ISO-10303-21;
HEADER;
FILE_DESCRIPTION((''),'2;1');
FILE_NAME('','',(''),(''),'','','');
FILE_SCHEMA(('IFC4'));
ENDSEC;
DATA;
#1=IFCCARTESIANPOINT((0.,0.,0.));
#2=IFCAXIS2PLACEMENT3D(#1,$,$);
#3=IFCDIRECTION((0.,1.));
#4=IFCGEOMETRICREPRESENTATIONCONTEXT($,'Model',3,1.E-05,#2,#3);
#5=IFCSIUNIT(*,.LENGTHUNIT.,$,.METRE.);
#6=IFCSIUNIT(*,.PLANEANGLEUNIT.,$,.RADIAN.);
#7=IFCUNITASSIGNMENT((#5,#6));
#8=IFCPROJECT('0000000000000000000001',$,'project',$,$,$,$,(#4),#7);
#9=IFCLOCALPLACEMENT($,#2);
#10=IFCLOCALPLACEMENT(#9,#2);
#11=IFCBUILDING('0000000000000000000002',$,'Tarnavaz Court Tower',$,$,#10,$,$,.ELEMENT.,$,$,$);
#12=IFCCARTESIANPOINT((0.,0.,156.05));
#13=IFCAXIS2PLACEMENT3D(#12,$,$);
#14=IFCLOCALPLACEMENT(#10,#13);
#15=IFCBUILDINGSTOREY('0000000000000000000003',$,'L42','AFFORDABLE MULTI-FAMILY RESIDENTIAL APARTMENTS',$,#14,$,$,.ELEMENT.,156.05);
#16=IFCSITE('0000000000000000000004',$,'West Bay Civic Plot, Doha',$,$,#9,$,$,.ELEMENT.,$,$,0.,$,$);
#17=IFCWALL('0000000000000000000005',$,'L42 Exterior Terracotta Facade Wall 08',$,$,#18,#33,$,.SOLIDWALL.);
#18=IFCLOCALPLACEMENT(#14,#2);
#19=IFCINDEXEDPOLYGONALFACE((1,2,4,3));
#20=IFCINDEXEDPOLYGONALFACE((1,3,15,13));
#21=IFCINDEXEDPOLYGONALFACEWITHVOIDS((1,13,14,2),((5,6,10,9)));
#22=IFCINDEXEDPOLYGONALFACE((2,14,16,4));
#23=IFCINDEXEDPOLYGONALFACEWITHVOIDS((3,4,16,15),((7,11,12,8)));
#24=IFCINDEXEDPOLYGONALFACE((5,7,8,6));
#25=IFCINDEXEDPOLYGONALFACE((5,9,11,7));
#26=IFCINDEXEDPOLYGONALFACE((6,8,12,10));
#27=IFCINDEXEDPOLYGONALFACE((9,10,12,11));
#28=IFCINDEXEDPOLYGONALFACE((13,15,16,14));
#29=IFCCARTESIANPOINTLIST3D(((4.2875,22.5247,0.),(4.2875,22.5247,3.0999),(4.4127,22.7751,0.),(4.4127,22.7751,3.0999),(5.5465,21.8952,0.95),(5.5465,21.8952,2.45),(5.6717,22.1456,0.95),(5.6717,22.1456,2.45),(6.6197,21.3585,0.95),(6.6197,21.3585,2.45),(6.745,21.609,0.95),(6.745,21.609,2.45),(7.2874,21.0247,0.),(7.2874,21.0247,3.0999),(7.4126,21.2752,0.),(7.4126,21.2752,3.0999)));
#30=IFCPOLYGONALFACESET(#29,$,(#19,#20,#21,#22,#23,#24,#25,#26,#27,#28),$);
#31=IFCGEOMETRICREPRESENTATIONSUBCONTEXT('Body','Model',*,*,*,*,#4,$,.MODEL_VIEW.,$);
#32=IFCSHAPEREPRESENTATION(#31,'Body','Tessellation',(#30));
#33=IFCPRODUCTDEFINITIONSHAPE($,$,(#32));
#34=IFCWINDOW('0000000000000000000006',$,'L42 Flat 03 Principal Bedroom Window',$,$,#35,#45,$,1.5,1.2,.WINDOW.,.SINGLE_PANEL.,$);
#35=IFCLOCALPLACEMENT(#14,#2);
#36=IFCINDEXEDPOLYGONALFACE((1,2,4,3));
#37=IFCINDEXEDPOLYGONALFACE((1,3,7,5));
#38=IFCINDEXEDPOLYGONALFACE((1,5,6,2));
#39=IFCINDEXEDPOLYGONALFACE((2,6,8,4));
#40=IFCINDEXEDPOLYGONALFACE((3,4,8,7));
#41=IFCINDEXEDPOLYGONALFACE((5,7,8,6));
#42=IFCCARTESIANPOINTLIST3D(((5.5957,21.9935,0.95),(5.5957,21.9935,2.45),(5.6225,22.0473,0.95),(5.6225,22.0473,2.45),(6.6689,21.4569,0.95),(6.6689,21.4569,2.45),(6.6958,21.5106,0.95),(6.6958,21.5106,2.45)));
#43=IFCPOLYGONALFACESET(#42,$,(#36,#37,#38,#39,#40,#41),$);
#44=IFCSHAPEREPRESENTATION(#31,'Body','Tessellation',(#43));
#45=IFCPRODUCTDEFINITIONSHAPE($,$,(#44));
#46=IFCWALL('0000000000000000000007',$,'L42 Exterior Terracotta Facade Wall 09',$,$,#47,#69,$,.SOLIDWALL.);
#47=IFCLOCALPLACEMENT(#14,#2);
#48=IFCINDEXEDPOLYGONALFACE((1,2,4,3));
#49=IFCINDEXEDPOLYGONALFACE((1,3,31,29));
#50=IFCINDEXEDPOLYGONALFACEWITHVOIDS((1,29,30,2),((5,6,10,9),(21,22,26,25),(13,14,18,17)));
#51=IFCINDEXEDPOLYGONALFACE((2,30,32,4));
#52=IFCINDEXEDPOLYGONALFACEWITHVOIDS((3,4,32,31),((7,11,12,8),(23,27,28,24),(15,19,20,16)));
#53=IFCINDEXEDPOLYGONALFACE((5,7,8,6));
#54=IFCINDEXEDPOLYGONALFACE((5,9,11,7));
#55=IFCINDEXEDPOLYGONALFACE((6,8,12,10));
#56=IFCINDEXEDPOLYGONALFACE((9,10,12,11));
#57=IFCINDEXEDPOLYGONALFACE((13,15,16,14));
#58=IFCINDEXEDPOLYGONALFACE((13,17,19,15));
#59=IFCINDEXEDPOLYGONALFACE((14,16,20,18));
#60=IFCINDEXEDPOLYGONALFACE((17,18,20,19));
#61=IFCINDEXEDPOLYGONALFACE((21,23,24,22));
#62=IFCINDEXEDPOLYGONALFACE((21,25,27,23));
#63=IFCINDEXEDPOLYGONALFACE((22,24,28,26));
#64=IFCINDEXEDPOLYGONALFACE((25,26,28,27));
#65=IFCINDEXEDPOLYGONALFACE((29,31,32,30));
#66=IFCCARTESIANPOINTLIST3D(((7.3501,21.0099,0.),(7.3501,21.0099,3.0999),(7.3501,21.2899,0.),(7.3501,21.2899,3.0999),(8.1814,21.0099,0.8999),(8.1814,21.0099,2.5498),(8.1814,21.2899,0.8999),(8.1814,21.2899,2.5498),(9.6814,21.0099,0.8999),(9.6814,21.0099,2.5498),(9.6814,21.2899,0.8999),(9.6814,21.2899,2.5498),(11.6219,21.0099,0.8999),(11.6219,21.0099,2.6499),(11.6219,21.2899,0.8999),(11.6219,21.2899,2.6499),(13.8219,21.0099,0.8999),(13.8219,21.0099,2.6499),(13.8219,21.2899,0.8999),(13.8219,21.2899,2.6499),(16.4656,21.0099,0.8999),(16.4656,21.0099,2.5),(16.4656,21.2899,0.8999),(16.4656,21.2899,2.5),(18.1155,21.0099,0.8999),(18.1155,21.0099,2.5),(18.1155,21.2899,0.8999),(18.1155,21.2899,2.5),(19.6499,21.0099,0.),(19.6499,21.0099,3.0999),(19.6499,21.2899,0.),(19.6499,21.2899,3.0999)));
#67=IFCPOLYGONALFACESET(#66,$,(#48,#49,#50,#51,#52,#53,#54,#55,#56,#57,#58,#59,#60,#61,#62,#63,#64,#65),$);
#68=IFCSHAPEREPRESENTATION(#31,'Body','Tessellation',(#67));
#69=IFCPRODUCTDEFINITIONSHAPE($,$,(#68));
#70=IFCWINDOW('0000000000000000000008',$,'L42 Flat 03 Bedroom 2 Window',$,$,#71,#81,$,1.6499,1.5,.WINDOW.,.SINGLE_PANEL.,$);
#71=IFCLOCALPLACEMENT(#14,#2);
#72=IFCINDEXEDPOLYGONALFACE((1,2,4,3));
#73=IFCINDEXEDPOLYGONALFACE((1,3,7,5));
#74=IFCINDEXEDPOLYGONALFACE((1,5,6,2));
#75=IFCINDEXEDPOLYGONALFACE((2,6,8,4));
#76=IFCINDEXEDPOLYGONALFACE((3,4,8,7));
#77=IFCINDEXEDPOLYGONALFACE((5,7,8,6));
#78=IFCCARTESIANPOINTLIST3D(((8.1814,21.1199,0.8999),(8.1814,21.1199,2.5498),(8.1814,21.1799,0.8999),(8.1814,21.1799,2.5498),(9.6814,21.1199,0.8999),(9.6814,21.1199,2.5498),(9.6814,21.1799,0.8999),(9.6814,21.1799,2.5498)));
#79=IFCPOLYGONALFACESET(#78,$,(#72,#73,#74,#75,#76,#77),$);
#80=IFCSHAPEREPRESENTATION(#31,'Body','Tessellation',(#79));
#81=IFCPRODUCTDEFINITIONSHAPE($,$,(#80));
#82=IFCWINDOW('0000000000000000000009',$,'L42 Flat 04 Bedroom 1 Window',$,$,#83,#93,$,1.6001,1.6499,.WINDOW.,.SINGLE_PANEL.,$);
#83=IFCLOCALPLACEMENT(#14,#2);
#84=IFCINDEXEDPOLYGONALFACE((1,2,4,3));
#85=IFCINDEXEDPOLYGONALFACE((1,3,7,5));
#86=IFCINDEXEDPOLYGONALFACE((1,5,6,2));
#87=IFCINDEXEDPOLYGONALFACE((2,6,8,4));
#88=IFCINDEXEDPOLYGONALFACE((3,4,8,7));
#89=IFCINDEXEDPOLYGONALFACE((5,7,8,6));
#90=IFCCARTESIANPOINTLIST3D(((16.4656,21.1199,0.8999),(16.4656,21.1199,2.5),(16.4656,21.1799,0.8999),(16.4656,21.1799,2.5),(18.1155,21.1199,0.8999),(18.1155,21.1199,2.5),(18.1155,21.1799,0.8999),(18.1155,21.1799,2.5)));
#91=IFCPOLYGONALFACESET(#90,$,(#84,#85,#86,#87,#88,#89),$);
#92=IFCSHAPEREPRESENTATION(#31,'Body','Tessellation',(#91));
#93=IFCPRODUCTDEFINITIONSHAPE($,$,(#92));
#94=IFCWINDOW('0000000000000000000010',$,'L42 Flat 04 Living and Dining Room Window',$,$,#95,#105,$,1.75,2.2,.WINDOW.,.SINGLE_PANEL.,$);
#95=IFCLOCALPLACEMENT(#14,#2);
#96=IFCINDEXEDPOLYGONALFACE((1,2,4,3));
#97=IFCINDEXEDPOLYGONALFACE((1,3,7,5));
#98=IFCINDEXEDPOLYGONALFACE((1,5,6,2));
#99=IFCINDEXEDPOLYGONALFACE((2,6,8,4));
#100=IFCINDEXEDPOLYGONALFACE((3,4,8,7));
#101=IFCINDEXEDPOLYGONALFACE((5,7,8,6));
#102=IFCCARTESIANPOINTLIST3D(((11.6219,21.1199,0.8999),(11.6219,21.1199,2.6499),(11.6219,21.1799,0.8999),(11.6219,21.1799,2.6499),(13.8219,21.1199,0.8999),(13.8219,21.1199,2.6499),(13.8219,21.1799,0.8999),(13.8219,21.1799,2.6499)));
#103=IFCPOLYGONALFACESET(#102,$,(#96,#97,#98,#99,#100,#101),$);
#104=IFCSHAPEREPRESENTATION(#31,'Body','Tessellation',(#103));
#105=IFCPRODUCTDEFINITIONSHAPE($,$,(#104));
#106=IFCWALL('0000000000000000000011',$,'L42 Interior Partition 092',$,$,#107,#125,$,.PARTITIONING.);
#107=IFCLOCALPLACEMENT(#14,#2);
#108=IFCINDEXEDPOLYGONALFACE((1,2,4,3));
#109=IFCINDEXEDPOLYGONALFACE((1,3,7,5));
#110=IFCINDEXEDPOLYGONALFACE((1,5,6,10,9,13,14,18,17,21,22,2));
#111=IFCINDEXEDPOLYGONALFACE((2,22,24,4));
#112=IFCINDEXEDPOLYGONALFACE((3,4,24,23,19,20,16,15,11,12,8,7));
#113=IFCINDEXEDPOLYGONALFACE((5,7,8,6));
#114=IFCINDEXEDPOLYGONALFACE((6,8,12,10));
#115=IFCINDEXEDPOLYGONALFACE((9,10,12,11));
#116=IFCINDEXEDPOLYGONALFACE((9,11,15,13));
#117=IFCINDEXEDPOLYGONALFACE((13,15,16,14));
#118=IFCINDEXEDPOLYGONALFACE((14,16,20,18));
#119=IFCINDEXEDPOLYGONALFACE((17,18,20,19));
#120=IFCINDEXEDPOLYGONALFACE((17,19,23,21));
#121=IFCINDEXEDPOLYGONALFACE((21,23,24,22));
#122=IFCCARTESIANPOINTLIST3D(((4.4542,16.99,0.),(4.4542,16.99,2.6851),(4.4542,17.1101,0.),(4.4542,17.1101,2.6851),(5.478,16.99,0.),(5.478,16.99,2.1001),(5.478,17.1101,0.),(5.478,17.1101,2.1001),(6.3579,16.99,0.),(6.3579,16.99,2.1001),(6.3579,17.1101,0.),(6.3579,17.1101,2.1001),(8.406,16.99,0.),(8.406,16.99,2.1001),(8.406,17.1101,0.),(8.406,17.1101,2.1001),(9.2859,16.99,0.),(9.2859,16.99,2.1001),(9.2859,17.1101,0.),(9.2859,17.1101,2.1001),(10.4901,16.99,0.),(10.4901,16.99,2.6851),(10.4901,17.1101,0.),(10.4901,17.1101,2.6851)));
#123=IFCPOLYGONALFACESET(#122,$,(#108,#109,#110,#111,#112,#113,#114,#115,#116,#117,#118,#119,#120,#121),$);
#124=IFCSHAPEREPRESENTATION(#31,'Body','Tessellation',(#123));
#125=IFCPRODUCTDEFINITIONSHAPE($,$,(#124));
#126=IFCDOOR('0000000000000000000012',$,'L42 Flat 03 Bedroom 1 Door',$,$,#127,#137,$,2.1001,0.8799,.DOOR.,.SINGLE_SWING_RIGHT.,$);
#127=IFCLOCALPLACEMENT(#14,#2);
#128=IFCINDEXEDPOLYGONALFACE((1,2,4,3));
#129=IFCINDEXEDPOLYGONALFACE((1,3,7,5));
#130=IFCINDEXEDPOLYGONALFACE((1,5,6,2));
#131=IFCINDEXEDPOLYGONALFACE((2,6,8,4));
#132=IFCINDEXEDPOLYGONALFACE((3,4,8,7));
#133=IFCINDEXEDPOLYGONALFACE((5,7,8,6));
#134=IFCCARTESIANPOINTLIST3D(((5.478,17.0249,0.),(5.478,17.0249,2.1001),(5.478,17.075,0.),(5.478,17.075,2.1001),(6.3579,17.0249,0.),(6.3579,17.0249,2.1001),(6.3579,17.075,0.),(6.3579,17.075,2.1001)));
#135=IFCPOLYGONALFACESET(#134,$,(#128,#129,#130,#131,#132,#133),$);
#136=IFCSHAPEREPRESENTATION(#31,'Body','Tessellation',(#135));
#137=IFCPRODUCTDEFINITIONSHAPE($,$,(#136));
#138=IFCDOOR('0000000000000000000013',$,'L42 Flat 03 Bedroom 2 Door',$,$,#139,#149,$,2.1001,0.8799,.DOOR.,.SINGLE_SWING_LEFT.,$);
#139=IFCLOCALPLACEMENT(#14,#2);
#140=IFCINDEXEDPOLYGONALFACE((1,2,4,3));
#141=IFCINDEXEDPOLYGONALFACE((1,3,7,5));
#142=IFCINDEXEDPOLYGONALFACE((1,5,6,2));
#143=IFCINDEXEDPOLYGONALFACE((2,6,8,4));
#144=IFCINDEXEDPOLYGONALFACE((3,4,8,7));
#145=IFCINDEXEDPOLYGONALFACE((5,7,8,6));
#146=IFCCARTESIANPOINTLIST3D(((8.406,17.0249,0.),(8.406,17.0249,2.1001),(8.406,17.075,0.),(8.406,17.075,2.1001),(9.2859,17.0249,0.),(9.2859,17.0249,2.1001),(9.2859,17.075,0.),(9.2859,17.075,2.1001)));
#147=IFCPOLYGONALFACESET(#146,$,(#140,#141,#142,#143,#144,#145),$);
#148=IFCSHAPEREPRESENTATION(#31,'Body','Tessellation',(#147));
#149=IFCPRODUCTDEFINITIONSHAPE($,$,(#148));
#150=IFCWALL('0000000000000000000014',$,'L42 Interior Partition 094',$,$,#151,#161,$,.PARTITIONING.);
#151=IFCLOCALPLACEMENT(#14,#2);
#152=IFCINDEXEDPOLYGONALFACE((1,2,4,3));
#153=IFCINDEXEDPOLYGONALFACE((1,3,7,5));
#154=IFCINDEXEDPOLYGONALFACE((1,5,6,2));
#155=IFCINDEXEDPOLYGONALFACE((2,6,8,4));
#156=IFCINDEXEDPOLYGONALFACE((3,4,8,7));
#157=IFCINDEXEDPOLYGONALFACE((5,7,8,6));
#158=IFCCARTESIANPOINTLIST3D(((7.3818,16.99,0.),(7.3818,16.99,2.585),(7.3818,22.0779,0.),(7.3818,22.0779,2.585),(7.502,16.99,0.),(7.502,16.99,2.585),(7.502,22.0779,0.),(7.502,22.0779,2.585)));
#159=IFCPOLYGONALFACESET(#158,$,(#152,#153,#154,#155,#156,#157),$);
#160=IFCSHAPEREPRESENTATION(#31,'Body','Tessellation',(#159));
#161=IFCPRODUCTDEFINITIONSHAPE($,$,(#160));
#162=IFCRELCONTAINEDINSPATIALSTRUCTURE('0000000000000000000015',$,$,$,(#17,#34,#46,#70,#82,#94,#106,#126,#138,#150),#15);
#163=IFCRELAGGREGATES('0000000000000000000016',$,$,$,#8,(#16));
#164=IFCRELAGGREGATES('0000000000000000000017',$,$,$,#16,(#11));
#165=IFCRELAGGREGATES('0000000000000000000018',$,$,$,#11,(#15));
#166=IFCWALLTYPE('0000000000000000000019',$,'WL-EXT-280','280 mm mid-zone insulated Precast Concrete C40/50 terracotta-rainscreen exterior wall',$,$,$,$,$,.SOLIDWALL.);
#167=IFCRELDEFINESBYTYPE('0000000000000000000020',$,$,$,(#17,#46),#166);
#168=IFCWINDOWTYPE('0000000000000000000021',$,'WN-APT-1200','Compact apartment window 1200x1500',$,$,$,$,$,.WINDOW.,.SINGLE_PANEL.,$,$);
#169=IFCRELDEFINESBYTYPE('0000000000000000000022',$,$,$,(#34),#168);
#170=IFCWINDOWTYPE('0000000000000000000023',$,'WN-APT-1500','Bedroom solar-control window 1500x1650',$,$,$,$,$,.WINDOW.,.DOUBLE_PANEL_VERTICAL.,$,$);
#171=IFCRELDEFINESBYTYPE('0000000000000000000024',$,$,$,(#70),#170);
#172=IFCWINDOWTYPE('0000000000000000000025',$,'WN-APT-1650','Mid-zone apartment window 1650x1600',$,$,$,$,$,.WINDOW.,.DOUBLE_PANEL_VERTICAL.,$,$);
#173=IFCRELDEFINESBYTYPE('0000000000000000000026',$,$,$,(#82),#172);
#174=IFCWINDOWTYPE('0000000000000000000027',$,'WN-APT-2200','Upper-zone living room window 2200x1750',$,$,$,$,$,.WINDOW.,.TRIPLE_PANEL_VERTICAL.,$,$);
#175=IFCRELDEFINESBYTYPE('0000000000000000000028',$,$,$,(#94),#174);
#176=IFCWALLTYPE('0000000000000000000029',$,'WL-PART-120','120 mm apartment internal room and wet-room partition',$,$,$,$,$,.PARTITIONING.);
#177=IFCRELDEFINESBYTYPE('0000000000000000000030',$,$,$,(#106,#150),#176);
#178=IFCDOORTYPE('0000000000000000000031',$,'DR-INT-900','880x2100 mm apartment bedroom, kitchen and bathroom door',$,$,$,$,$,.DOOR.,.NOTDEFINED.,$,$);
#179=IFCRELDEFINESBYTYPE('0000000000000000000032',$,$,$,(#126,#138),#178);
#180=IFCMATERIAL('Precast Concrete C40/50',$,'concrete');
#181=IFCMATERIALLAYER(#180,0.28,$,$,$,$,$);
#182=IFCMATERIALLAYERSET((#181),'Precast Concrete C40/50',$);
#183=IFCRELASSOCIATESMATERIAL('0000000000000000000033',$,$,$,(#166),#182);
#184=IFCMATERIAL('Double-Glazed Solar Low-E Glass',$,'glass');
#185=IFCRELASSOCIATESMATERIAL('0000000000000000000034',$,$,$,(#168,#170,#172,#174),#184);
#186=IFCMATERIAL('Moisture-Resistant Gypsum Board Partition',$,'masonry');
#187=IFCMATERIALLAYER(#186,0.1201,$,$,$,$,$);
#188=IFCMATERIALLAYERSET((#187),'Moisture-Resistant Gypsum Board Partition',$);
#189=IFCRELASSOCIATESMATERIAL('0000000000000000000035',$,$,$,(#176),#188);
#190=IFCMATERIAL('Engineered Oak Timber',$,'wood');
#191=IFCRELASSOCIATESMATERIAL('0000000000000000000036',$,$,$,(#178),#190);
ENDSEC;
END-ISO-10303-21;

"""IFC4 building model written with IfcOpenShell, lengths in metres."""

from ifc_helpers import new_model, si_unit, direction, frame, frame_2d, origin, place, context, subcontext, project, spatial, rectangle, extrude, material, layer, layer_set, type_object, element, fill, save


model = new_model("IFC4")

# Units and contexts
model_context = context("Model", 3, precision=1e-05, world=origin(), true_north=direction((0.0, 1.0)))
body_context = subcontext(model_context, "Body", "Model", "MODEL_VIEW")
ifc_project = project(units=[si_unit("LENGTHUNIT", "METRE"), si_unit("PLANEANGLEUNIT", "RADIAN")], contexts=[model_context])

# Site, building, storey
site_placement = place(None, origin())
site = spatial("IfcSite", under=ifc_project, at=site_placement, Name="West Bay Civic Plot, Doha", CompositionType="ELEMENT", RefElevation=0.0)
building_placement = place(site_placement, origin())
building = spatial("IfcBuilding", under=site, at=building_placement, Name="Tarnavaz Court Tower", CompositionType="ELEMENT")
storey_placement = place(building_placement, frame((0.0, 0.0, 156.05)))
storey = spatial("IfcBuildingStorey", under=building, at=storey_placement, Name="L42", Description="AFFORDABLE MULTI-FAMILY RESIDENTIAL APARTMENTS", CompositionType="ELEMENT", Elevation=156.05)

# Shared definitions
ifc_material_1 = material(Name="Double-Glazed Solar Low-E Glass", Category="glass")

# Wall, opening, window
ifc_material_2 = material(Name="Precast Concrete C40/50", Category="concrete")
ifc_layer_1 = layer(ifc_material_2, 0.28)
ifc_layer_set_1 = layer_set([ifc_layer_1], Name="Precast Concrete C40/50")
wall_type_1 = type_object("IfcWallType", Name="WL-EXT-280", Description="280 mm mid-zone insulated Precast Concrete C40/50 terracotta-rainscreen exterior wall", PredefinedType="SOLIDWALL", material=ifc_layer_set_1)
wall_1_placement = place(storey_placement, frame((4.3501, 22.6499, 0.0), z_axis=(0.0, 0.0, 1.0), x_axis=(0.894427, -0.447214, 0.0)))
wall_1 = element("IfcWall", 1, at=wall_1_placement, inside=storey, type_object=wall_type_1, Name="L42 Exterior Terracotta Facade Wall 08", PredefinedType="SOLIDWALL", context=body_context, shape_type="SweptSolid", body=[
    extrude(rectangle(XDim=3.354, YDim=0.28, at=frame_2d((1.677, 0.0))), origin(), (0.0, 0.0, 1.0), 3.0999),
])
opening_1_placement = place(wall_1_placement, frame((1.4075, 0.0, 0.95)))
opening_1 = element("IfcOpeningElement", 2, at=opening_1_placement, cuts=wall_1, PredefinedType="OPENING", context=body_context, shape_type="SweptSolid", body=[
    extrude(rectangle(XDim=1.2, YDim=1.5, at=frame_2d((0.6001, 0.75))), frame((0.0, 0.1499, 0.0), z_axis=(0.0, -1.0, 0.0), x_axis=(1.0, 0.0, 0.0)), (0.0, 0.0, 1.0), 0.3),
])
window_type_1 = type_object("IfcWindowType", Name="WN-APT-1200", Description="Compact apartment window 1200x1500", PartitioningType="SINGLE_PANEL", PredefinedType="WINDOW", material=ifc_material_1)
window_1_placement = place(opening_1_placement, origin())
window_1 = element("IfcWindow", 3, at=window_1_placement, inside=storey, type_object=window_type_1, Name="L42 Flat 03 Principal Bedroom Window", OverallHeight=1.5, OverallWidth=1.2, PartitioningType="SINGLE_PANEL", PredefinedType="WINDOW", context=body_context, shape_type="SweptSolid", body=[
    extrude(rectangle(XDim=1.2, YDim=1.5, at=frame_2d((0.6001, 0.75))), frame((0.0, 0.03, 0.0), z_axis=(0.0, -1.0, 0.0), x_axis=(1.0, 0.0, 0.0)), (0.0, 0.0, 1.0), 0.0601),
])
fill(opening_1, window_1)

# Wall, openings, windows
wall_2_placement = place(storey_placement, frame((7.3501, 21.1499, 0.0), z_axis=(0.0, 0.0, 1.0), x_axis=(1.0, 0.0, 0.0)))
wall_2 = element("IfcWall", 4, at=wall_2_placement, inside=storey, type_object=wall_type_1, Name="L42 Exterior Terracotta Facade Wall 09", PredefinedType="SOLIDWALL", context=body_context, shape_type="SweptSolid", body=[
    extrude(rectangle(XDim=12.2998, YDim=0.28, at=frame_2d((6.1499, 0.0))), origin(), (0.0, 0.0, 1.0), 3.0999),
])
opening_2_placement = place(wall_2_placement, frame((0.8313, 0.0, 0.8999)))
opening_2 = element("IfcOpeningElement", 5, at=opening_2_placement, cuts=wall_2, PredefinedType="OPENING", context=body_context, shape_type="SweptSolid", body=[
    extrude(rectangle(XDim=1.5, YDim=1.6499, at=frame_2d((0.75, 0.825))), frame((0.0, 0.1499, 0.0), z_axis=(0.0, -1.0, 0.0), x_axis=(1.0, 0.0, 0.0)), (0.0, 0.0, 1.0), 0.3),
])
opening_3_placement = place(wall_2_placement, frame((4.2717, 0.0, 0.8999)))
opening_3 = element("IfcOpeningElement", 6, at=opening_3_placement, cuts=wall_2, PredefinedType="OPENING", context=body_context, shape_type="SweptSolid", body=[
    extrude(rectangle(XDim=2.2, YDim=1.75, at=frame_2d((1.1001, 0.875))), frame((0.0, 0.1499, 0.0), z_axis=(0.0, -1.0, 0.0), x_axis=(1.0, 0.0, 0.0)), (0.0, 0.0, 1.0), 0.3),
])
opening_4_placement = place(wall_2_placement, frame((9.1155, 0.0, 0.8999)))
opening_4 = element("IfcOpeningElement", 7, at=opening_4_placement, cuts=wall_2, PredefinedType="OPENING", context=body_context, shape_type="SweptSolid", body=[
    extrude(rectangle(XDim=1.6499, YDim=1.6001, at=frame_2d((0.825, 0.8))), frame((0.0, 0.1499, 0.0), z_axis=(0.0, -1.0, 0.0), x_axis=(1.0, 0.0, 0.0)), (0.0, 0.0, 1.0), 0.3),
])
window_type_2 = type_object("IfcWindowType", Name="WN-APT-1500", Description="Bedroom solar-control window 1500x1650", PartitioningType="DOUBLE_PANEL_VERTICAL", PredefinedType="WINDOW", material=ifc_material_1)
window_2_placement = place(opening_2_placement, origin())
window_2 = element("IfcWindow", 8, at=window_2_placement, inside=storey, type_object=window_type_2, Name="L42 Flat 03 Bedroom 2 Window", OverallHeight=1.6499, OverallWidth=1.5, PartitioningType="SINGLE_PANEL", PredefinedType="WINDOW", context=body_context, shape_type="SweptSolid", body=[
    extrude(rectangle(XDim=1.5, YDim=1.6499, at=frame_2d((0.75, 0.825))), frame((0.0, 0.03, 0.0), z_axis=(0.0, -1.0, 0.0), x_axis=(1.0, 0.0, 0.0)), (0.0, 0.0, 1.0), 0.0601),
])
fill(opening_2, window_2)
window_type_3 = type_object("IfcWindowType", Name="WN-APT-1650", Description="Mid-zone apartment window 1650x1600", PartitioningType="DOUBLE_PANEL_VERTICAL", PredefinedType="WINDOW", material=ifc_material_1)
window_3_placement = place(opening_4_placement, origin())
window_3 = element("IfcWindow", 9, at=window_3_placement, inside=storey, type_object=window_type_3, Name="L42 Flat 04 Bedroom 1 Window", OverallHeight=1.6001, OverallWidth=1.6499, PartitioningType="SINGLE_PANEL", PredefinedType="WINDOW", context=body_context, shape_type="SweptSolid", body=[
    extrude(rectangle(XDim=1.6499, YDim=1.6001, at=frame_2d((0.825, 0.8))), frame((0.0, 0.03, 0.0), z_axis=(0.0, -1.0, 0.0), x_axis=(1.0, 0.0, 0.0)), (0.0, 0.0, 1.0), 0.0601),
])
fill(opening_4, window_3)
window_type_4 = type_object("IfcWindowType", Name="WN-APT-2200", Description="Upper-zone living room window 2200x1750", PartitioningType="TRIPLE_PANEL_VERTICAL", PredefinedType="WINDOW", material=ifc_material_1)
window_4_placement = place(opening_3_placement, origin())
window_4 = element("IfcWindow", 10, at=window_4_placement, inside=storey, type_object=window_type_4, Name="L42 Flat 04 Living and Dining Room Window", OverallHeight=1.75, OverallWidth=2.2, PartitioningType="SINGLE_PANEL", PredefinedType="WINDOW", context=body_context, shape_type="SweptSolid", body=[
    extrude(rectangle(XDim=2.2, YDim=1.75, at=frame_2d((1.1001, 0.875))), frame((0.0, 0.03, 0.0), z_axis=(0.0, -1.0, 0.0), x_axis=(1.0, 0.0, 0.0)), (0.0, 0.0, 1.0), 0.0601),
])
fill(opening_3, window_4)

# Wall, openings, doors
ifc_material_3 = material(Name="Moisture-Resistant Gypsum Board Partition", Category="masonry")
ifc_layer_2 = layer(ifc_material_3, 0.1201)
ifc_layer_set_2 = layer_set([ifc_layer_2], Name="Moisture-Resistant Gypsum Board Partition")
wall_type_2 = type_object("IfcWallType", Name="WL-PART-120", Description="120 mm apartment internal room and wet-room partition", PredefinedType="PARTITIONING", material=ifc_layer_set_2)
wall_3_placement = place(storey_placement, frame((4.4541, 17.05, 0.0), z_axis=(0.0, 0.0, 1.0), x_axis=(1.0, 0.0, 0.0)))
wall_3 = element("IfcWall", 11, at=wall_3_placement, inside=storey, type_object=wall_type_2, Name="L42 Interior Partition 092", PredefinedType="PARTITIONING", context=body_context, shape_type="SweptSolid", body=[
    extrude(rectangle(XDim=6.0359, YDim=0.1201, at=frame_2d((3.0181, 0.0))), origin(), (0.0, 0.0, 1.0), 2.6851),
])
opening_5_placement = place(wall_3_placement, frame((1.0239, 0.0, 0.0)))
opening_5 = element("IfcOpeningElement", 12, at=opening_5_placement, cuts=wall_3, PredefinedType="OPENING", context=body_context, shape_type="SweptSolid", body=[
    extrude(rectangle(XDim=0.8799, YDim=2.1001, at=frame_2d((0.4399, 1.05))), frame((0.0, 0.0701, 0.0), z_axis=(0.0, -1.0, 0.0), x_axis=(1.0, 0.0, 0.0)), (0.0, 0.0, 1.0), 0.1401),
])
opening_6_placement = place(wall_3_placement, frame((3.9519, 0.0, 0.0)))
opening_6 = element("IfcOpeningElement", 13, at=opening_6_placement, cuts=wall_3, PredefinedType="OPENING", context=body_context, shape_type="SweptSolid", body=[
    extrude(rectangle(XDim=0.8799, YDim=2.1001, at=frame_2d((0.4399, 1.05))), frame((0.0, 0.0701, 0.0), z_axis=(0.0, -1.0, 0.0), x_axis=(1.0, 0.0, 0.0)), (0.0, 0.0, 1.0), 0.1401),
])
ifc_material_4 = material(Name="Engineered Oak Timber", Category="wood")
door_type = type_object("IfcDoorType", Name="DR-INT-900", Description="880x2100 mm apartment bedroom, kitchen and bathroom door", OperationType="NOTDEFINED", PredefinedType="DOOR", material=ifc_material_4)
door_1_placement = place(opening_5_placement, origin())
door_1 = element("IfcDoor", 14, at=door_1_placement, inside=storey, type_object=door_type, Name="L42 Flat 03 Bedroom 1 Door", OperationType="SINGLE_SWING_RIGHT", OverallHeight=2.1001, OverallWidth=0.8799, PredefinedType="DOOR", context=body_context, shape_type="SweptSolid", body=[
    extrude(rectangle(XDim=0.8799, YDim=2.1001, at=frame_2d((0.4399, 1.05))), frame((0.0, 0.0249, 0.0), z_axis=(0.0, -1.0, 0.0), x_axis=(1.0, 0.0, 0.0)), (0.0, 0.0, 1.0), 0.05),
])
fill(opening_5, door_1)
door_2_placement = place(opening_6_placement, origin())
door_2 = element("IfcDoor", 15, at=door_2_placement, inside=storey, type_object=door_type, Name="L42 Flat 03 Bedroom 2 Door", OperationType="SINGLE_SWING_LEFT", OverallHeight=2.1001, OverallWidth=0.8799, PredefinedType="DOOR", context=body_context, shape_type="SweptSolid", body=[
    extrude(rectangle(XDim=0.8799, YDim=2.1001, at=frame_2d((0.4399, 1.05))), frame((0.0, 0.0249, 0.0), z_axis=(0.0, -1.0, 0.0), x_axis=(1.0, 0.0, 0.0)), (0.0, 0.0, 1.0), 0.05),
])
fill(opening_6, door_2)

# Wall
wall_4_placement = place(storey_placement, frame((7.4419, 16.99, 0.0), z_axis=(0.0, 0.0, 1.0), x_axis=(0.0, 1.0, 0.0)))
element("IfcWall", 16, at=wall_4_placement, inside=storey, type_object=wall_type_2, Name="L42 Interior Partition 094", PredefinedType="PARTITIONING", context=body_context, shape_type="SweptSolid", body=[
    extrude(rectangle(XDim=5.0879, YDim=0.1201, at=frame_2d((2.5439, 0.0))), origin(), (0.0, 0.0, 1.0), 2.585),
])

save(model, "model.ifc")
